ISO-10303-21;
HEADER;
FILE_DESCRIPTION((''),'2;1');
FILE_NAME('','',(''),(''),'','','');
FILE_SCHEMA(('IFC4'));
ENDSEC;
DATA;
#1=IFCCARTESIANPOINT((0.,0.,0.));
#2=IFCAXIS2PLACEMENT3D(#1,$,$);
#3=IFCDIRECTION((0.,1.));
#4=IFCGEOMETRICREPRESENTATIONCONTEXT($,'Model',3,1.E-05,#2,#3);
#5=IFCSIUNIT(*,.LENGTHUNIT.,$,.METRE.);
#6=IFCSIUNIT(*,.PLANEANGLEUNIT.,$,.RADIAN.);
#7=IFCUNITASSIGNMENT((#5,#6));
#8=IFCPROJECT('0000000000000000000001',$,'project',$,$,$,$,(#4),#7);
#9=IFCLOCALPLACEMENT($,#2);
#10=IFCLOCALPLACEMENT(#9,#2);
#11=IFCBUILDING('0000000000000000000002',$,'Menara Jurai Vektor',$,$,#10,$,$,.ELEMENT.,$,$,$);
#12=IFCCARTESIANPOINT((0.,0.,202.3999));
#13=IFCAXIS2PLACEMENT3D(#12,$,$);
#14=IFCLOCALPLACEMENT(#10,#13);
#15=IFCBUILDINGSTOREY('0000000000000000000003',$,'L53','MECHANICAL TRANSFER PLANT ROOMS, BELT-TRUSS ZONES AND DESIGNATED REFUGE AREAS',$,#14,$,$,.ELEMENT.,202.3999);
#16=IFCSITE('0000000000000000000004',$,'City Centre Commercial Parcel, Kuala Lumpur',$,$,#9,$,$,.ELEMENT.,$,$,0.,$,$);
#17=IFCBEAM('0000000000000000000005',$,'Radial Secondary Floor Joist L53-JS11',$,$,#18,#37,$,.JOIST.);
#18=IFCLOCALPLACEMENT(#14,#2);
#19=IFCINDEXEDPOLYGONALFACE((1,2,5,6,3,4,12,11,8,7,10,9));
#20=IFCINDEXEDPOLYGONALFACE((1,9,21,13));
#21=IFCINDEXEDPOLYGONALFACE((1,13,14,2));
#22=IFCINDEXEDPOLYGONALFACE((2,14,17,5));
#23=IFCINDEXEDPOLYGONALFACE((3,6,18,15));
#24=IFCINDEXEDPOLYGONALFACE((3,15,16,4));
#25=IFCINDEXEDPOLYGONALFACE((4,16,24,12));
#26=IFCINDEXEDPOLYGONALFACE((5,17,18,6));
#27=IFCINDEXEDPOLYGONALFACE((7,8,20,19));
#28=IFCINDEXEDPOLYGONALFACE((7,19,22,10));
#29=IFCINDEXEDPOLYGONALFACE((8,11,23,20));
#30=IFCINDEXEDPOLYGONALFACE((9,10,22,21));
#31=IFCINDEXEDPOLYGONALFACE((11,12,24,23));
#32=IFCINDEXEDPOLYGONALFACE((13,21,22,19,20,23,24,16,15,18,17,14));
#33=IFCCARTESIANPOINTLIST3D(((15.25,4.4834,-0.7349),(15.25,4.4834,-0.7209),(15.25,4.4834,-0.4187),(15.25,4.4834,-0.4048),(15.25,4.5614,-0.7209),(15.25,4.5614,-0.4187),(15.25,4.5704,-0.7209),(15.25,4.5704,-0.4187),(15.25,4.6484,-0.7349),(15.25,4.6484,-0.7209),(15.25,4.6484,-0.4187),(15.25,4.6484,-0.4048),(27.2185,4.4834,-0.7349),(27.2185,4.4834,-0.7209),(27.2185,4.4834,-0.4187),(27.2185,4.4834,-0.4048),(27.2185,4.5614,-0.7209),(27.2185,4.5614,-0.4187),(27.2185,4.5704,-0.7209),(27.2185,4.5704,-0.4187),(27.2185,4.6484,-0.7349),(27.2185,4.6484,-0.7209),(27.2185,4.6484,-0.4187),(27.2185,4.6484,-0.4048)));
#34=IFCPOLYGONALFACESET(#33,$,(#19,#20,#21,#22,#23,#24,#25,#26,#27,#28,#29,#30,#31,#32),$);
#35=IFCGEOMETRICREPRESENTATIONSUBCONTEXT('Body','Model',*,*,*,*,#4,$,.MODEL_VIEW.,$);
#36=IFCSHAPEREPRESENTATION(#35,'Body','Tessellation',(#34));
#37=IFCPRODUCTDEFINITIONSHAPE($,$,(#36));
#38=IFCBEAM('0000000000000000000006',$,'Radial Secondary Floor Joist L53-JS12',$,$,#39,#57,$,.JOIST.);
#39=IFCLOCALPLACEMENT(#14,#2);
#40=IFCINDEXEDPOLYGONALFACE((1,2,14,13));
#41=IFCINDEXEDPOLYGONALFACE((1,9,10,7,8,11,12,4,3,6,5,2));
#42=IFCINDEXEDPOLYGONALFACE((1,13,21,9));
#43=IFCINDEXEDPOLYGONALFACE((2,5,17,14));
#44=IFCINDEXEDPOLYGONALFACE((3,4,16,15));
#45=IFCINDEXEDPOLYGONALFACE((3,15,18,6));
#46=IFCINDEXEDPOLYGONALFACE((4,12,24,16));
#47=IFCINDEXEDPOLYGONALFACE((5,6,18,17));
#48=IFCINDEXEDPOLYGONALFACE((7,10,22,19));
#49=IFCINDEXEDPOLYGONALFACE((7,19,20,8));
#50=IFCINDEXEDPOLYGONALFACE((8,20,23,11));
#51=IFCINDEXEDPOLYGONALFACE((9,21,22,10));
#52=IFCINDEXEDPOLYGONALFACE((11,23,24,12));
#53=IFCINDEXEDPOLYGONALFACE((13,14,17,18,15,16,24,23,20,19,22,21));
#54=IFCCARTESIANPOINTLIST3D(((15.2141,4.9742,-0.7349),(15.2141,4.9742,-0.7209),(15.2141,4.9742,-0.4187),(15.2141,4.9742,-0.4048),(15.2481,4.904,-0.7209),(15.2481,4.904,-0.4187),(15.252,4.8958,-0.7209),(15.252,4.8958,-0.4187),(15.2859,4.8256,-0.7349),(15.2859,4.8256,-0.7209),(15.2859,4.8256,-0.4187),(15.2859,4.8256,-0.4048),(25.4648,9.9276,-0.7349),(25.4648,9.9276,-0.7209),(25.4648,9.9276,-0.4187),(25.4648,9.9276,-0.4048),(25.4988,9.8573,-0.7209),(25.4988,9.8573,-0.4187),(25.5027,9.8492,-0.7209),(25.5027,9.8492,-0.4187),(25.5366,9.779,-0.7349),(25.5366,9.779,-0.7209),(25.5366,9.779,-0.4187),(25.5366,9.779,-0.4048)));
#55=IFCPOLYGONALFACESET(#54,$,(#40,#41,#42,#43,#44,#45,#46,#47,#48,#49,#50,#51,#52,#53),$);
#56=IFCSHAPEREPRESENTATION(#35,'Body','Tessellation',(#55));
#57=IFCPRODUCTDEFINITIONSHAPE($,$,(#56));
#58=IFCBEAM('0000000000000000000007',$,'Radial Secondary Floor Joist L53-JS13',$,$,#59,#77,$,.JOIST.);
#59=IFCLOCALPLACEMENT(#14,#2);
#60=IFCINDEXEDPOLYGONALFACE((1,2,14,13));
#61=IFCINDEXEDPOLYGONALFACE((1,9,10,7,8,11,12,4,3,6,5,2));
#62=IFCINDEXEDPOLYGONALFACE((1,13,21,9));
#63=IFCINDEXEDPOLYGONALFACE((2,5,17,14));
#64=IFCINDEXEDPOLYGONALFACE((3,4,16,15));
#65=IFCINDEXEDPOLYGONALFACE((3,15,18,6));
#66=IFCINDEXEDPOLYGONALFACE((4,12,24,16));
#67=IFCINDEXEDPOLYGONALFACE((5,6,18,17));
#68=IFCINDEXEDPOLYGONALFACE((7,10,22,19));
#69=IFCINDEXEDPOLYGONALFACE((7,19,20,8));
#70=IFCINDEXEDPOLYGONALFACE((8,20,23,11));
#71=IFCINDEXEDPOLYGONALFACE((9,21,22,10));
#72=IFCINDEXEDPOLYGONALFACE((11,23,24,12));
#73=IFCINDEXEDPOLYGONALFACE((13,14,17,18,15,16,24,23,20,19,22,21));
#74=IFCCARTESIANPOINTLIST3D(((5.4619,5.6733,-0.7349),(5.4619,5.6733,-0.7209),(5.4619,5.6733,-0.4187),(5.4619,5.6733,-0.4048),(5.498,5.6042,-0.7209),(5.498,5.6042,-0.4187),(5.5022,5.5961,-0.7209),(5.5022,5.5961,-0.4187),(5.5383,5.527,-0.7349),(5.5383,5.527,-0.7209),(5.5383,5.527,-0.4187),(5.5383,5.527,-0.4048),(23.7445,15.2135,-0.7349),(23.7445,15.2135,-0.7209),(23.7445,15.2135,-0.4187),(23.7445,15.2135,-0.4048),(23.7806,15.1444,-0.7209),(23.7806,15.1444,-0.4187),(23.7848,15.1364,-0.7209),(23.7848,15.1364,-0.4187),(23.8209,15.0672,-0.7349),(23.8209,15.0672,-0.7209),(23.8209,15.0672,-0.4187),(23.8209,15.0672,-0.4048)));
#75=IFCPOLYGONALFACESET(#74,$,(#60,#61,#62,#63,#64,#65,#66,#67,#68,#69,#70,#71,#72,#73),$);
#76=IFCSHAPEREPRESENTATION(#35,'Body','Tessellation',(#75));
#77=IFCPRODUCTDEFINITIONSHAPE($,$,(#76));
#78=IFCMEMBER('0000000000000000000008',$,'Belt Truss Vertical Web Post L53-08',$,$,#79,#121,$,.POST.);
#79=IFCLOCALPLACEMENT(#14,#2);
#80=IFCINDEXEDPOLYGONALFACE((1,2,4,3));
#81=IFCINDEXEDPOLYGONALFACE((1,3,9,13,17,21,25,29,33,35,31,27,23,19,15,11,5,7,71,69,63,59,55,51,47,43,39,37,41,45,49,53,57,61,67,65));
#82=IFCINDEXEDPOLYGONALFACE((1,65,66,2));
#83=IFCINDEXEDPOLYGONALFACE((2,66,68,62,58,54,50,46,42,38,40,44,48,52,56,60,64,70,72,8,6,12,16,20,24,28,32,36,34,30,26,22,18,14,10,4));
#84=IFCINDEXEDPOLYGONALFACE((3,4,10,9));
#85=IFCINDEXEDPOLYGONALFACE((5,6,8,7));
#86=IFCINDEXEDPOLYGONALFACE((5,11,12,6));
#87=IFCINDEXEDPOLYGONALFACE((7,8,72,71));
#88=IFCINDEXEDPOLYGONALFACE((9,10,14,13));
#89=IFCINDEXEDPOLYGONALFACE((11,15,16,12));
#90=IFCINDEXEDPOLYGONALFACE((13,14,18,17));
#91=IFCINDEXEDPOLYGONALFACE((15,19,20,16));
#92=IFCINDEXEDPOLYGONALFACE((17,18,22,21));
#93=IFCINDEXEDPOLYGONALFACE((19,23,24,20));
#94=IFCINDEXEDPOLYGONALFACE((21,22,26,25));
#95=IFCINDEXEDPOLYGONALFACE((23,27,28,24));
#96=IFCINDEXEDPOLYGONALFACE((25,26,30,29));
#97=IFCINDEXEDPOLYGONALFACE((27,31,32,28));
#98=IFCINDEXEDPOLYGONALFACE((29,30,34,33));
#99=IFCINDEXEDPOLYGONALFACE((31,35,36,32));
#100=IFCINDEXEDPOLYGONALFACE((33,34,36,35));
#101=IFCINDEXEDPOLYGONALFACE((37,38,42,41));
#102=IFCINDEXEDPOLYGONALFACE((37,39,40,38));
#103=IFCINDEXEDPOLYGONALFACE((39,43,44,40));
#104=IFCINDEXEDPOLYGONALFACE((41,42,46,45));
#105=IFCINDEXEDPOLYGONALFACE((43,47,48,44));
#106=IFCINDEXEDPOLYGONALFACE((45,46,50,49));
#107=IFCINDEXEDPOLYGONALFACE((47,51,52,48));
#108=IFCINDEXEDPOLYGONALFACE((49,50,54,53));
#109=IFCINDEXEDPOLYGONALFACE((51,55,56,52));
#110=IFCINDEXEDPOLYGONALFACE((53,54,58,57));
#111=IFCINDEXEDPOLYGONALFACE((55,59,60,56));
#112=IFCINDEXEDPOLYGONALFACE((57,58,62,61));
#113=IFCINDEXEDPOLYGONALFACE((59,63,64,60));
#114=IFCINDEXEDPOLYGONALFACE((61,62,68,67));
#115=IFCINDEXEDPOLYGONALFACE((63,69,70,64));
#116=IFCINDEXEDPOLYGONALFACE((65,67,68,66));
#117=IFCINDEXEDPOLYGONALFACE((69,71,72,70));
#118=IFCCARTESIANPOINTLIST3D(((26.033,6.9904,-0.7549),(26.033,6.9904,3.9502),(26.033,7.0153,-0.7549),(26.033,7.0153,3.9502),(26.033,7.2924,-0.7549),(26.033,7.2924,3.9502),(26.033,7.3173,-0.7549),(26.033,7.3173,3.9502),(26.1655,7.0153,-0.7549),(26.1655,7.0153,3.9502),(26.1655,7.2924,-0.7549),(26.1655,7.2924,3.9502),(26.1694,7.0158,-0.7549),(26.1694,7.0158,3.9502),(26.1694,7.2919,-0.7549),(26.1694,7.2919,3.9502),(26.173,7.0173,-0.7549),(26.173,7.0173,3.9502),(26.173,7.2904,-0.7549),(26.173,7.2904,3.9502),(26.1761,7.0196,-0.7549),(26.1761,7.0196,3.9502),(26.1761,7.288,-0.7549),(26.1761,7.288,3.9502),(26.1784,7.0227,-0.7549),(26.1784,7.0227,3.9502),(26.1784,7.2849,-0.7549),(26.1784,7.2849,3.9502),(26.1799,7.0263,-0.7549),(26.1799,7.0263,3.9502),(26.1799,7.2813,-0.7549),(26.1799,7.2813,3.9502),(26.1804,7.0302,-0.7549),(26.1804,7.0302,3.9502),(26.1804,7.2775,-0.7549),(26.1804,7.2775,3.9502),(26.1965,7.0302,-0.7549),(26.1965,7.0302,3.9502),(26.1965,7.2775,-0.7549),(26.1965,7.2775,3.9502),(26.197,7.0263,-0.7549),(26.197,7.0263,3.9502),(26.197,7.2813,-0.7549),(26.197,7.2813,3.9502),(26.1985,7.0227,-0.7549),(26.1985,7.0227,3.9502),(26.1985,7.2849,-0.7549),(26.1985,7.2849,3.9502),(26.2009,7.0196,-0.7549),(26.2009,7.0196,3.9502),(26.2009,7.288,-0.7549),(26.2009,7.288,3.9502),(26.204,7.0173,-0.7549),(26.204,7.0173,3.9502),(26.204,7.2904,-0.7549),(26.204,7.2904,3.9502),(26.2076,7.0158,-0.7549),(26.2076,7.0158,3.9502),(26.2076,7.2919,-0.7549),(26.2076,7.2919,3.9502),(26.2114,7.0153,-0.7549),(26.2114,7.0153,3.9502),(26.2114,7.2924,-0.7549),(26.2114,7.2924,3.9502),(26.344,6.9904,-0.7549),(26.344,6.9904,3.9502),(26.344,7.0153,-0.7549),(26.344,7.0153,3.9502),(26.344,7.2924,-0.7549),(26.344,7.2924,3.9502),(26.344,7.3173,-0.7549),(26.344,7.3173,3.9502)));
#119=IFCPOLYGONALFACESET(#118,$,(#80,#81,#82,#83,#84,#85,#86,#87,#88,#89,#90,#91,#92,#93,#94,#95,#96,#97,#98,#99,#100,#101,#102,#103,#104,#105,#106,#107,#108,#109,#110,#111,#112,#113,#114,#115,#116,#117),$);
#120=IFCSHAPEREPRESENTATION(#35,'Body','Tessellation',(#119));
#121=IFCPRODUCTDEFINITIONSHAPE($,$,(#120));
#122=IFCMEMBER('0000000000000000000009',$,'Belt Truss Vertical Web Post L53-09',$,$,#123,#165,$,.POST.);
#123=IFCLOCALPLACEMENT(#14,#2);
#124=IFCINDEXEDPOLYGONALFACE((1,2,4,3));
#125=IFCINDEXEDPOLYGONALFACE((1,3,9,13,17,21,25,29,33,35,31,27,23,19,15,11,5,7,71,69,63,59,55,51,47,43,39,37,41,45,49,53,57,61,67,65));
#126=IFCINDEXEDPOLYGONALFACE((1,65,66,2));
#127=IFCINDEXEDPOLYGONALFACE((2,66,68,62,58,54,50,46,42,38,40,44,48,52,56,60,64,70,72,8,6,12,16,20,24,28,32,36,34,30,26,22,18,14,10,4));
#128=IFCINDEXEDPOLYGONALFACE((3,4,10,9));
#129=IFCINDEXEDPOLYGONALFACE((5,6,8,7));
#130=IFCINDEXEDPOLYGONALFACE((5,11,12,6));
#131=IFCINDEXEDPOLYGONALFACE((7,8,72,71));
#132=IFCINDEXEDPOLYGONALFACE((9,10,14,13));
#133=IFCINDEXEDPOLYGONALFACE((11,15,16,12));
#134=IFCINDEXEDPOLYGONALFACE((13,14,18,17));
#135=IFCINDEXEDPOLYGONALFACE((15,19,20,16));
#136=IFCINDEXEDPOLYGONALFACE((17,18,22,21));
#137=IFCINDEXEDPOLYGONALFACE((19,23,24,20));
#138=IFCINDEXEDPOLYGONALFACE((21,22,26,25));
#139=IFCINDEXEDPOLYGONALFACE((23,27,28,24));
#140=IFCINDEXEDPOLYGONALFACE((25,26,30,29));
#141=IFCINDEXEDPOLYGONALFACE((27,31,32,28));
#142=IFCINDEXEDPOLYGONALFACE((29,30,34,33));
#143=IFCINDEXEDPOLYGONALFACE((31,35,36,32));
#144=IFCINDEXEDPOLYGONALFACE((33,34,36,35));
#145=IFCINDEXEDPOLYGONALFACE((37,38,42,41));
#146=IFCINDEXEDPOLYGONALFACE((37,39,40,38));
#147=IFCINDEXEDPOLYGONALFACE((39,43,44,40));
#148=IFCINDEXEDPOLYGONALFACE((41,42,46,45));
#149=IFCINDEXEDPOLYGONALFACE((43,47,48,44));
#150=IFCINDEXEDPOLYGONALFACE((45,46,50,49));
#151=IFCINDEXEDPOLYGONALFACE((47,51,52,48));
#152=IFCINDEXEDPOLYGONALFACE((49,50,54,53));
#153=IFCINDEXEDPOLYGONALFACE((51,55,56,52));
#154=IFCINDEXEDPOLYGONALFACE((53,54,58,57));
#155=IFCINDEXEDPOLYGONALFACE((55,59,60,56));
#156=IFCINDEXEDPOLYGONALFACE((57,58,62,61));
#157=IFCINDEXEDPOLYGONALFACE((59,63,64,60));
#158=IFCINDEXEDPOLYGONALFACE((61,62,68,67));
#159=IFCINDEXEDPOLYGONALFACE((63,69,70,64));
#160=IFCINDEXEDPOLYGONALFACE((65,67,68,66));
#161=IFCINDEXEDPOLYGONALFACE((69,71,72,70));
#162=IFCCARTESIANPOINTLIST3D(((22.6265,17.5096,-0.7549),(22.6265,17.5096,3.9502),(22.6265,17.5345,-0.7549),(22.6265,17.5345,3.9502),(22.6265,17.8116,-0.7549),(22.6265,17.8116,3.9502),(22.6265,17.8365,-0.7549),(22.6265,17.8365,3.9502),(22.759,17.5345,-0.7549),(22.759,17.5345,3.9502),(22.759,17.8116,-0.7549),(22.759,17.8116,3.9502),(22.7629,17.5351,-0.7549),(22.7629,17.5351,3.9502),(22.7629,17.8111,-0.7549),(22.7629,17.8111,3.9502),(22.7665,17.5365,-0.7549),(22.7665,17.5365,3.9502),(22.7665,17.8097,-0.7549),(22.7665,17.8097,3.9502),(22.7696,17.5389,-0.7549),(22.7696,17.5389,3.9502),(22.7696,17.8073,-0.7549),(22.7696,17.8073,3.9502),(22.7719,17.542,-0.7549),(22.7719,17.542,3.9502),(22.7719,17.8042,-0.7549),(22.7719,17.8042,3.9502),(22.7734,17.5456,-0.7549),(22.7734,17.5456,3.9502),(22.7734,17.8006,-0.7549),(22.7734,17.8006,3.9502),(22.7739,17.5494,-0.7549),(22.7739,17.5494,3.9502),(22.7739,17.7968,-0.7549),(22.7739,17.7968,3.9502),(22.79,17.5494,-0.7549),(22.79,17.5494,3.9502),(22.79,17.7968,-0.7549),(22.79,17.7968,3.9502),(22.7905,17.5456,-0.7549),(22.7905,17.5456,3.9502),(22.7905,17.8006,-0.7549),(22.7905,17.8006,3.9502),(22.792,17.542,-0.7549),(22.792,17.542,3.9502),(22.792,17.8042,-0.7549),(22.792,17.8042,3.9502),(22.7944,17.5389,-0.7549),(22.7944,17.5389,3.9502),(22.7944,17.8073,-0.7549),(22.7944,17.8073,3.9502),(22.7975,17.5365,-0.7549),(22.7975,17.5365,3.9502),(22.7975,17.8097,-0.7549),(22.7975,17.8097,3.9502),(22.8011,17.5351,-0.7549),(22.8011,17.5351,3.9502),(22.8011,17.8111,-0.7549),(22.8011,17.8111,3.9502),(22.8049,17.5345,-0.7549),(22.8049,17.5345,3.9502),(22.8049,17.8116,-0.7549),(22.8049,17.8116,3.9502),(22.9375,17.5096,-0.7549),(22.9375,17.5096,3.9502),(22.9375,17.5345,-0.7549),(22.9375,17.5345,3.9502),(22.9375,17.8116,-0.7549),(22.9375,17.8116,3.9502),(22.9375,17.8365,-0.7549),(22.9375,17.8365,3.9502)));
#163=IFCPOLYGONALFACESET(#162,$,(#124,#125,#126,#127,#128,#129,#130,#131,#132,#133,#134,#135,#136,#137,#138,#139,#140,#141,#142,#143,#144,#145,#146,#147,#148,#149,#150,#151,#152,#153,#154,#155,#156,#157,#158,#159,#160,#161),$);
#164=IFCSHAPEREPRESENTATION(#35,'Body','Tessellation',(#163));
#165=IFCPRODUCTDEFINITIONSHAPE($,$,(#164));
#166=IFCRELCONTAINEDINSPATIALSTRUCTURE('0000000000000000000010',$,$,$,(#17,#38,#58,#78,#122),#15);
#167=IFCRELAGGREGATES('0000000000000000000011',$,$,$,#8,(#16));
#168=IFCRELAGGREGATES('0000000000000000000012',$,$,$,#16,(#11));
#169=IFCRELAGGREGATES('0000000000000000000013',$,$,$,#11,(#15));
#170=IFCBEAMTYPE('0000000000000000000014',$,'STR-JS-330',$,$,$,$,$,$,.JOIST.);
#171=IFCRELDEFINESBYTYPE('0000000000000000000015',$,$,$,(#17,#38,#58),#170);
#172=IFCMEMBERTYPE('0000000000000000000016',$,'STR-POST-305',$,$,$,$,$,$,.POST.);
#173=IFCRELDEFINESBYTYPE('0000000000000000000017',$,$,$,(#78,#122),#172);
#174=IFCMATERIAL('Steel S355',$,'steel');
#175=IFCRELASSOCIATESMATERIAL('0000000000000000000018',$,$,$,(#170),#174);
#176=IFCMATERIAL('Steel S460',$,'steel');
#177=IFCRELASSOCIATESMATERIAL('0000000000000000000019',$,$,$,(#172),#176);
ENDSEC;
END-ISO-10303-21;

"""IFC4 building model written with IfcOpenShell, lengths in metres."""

from ifc_helpers import new_model, si_unit, direction, frame, origin, origin_2d, place, context, subcontext, project, spatial, i_section, extrude, material, material_profile, profile_set, type_object, element, save


model = new_model("IFC4")

# Units and contexts
model_context = context("Model", 3, precision=1e-05, world=origin(), true_north=direction((0.0, 1.0)))
body_context = subcontext(model_context, "Body", "Model", "MODEL_VIEW")
ifc_project = project(units=[si_unit("LENGTHUNIT", "METRE"), si_unit("PLANEANGLEUNIT", "RADIAN")], contexts=[model_context])

# Site, building, storey
site_placement = place(None, origin())
site = spatial("IfcSite", under=ifc_project, at=site_placement, Name="City Centre Commercial Parcel, Kuala Lumpur", CompositionType="ELEMENT", RefElevation=0.0)
building_placement = place(site_placement, origin())
building = spatial("IfcBuilding", under=site, at=building_placement, Name="Menara Jurai Vektor", CompositionType="ELEMENT")
storey_placement = place(building_placement, frame((0.0, 0.0, 202.3999)))
storey = spatial("IfcBuildingStorey", under=building, at=storey_placement, Name="L53", Description="MECHANICAL TRANSFER PLANT ROOMS, BELT-TRUSS ZONES AND DESIGNATED REFUGE AREAS", CompositionType="ELEMENT", Elevation=202.3999)

# Shared definitions
ifc_material_1 = material(Name="Steel S460", Category="steel")

# Shared definitions
ifc_material_2 = material(Name="Steel S355", Category="steel")

# Beams
ifc_material_profile_1 = material_profile(ifc_material_2, i_section(OverallWidth=0.165, OverallDepth=0.3301, WebThickness=0.009, FlangeThickness=0.0139, at=origin_2d()), Name="PG 330x165x46")
ifc_profile_set_1 = profile_set([ifc_material_profile_1], Name="Steel S355")
beam_type_1 = type_object("IfcBeamType", Name="STR-JS-330", PredefinedType="JOIST", material=ifc_profile_set_1)
beam_1_placement = place(storey_placement, frame((27.2185, 4.5659, -0.5698), z_axis=(-1.0, 0.0, 0.0), x_axis=(0.0, -1.0, 0.0)))
element("IfcBeam", 1, at=beam_1_placement, inside=storey, type_object=beam_type_1, Name="Radial Secondary Floor Joist L53-JS11", PredefinedType="JOIST", context=body_context, shape_type="SweptSolid", body=[
    extrude(i_section(OverallWidth=0.165, OverallDepth=0.3301, WebThickness=0.009, FlangeThickness=0.0139, at=origin_2d()), origin(), (0.0, 0.0, 1.0), 11.9685),
])
beam_2_placement = place(storey_placement, frame((25.5007, 9.8533, -0.5698), z_axis=(-0.900389, -0.435087, 0.0), x_axis=(0.435087, -0.900389, 0.0)))
element("IfcBeam", 2, at=beam_2_placement, inside=storey, type_object=beam_type_1, Name="Radial Secondary Floor Joist L53-JS12", PredefinedType="JOIST", context=body_context, shape_type="SweptSolid", body=[
    extrude(i_section(OverallWidth=0.165, OverallDepth=0.3301, WebThickness=0.009, FlangeThickness=0.0139, at=origin_2d()), origin(), (0.0, 0.0, 1.0), 11.3848),
])
beam_3_placement = place(storey_placement, frame((23.7827, 15.1404, -0.5698), z_axis=(-0.886556, -0.462622, 0.0), x_axis=(0.462622, -0.886556, 0.0)))
element("IfcBeam", 3, at=beam_3_placement, inside=storey, type_object=beam_type_1, Name="Radial Secondary Floor Joist L53-JS13", PredefinedType="JOIST", context=body_context, shape_type="SweptSolid", body=[
    extrude(i_section(OverallWidth=0.165, OverallDepth=0.3301, WebThickness=0.009, FlangeThickness=0.0139, at=origin_2d()), origin(), (0.0, 0.0, 1.0), 20.6221),
])

# Members
ifc_material_profile_2 = material_profile(ifc_material_1, i_section(OverallWidth=0.311, OverallDepth=0.3269, WebThickness=0.0161, FlangeThickness=0.0249, FilletRadius=0.0149, at=origin_2d()), Name="UKC 305x305x158")
ifc_profile_set_2 = profile_set([ifc_material_profile_2], Name="Steel S460")
member_type_1 = type_object("IfcMemberType", Name="STR-POST-305", PredefinedType="POST", material=ifc_profile_set_2)
for number, where, z_axis, x_axis, name in (
    (4, (26.1885, 7.1538, -0.7549), (0.0, 0.0, 1.0), (1.0, 0.0, 0.0), "Belt Truss Vertical Web Post L53-08"),
    (5, (22.782, 17.6731, -0.7549), (0.0, 0.0, 1.0), (1.0, 0.0, 0.0), "Belt Truss Vertical Web Post L53-09"),
):
    element("IfcMember", number, at=place(storey_placement, frame(where, z_axis=z_axis, x_axis=x_axis)), inside=storey, type_object=member_type_1, Name=name, PredefinedType="POST", context=body_context, shape_type="SweptSolid", body=[
        extrude(i_section(OverallWidth=0.311, OverallDepth=0.3269, WebThickness=0.0161, FlangeThickness=0.0249, FilletRadius=0.0149, at=origin_2d()), origin(), (0.0, 0.0, 1.0), 4.7051),
    ])

save(model, "model.ifc")
